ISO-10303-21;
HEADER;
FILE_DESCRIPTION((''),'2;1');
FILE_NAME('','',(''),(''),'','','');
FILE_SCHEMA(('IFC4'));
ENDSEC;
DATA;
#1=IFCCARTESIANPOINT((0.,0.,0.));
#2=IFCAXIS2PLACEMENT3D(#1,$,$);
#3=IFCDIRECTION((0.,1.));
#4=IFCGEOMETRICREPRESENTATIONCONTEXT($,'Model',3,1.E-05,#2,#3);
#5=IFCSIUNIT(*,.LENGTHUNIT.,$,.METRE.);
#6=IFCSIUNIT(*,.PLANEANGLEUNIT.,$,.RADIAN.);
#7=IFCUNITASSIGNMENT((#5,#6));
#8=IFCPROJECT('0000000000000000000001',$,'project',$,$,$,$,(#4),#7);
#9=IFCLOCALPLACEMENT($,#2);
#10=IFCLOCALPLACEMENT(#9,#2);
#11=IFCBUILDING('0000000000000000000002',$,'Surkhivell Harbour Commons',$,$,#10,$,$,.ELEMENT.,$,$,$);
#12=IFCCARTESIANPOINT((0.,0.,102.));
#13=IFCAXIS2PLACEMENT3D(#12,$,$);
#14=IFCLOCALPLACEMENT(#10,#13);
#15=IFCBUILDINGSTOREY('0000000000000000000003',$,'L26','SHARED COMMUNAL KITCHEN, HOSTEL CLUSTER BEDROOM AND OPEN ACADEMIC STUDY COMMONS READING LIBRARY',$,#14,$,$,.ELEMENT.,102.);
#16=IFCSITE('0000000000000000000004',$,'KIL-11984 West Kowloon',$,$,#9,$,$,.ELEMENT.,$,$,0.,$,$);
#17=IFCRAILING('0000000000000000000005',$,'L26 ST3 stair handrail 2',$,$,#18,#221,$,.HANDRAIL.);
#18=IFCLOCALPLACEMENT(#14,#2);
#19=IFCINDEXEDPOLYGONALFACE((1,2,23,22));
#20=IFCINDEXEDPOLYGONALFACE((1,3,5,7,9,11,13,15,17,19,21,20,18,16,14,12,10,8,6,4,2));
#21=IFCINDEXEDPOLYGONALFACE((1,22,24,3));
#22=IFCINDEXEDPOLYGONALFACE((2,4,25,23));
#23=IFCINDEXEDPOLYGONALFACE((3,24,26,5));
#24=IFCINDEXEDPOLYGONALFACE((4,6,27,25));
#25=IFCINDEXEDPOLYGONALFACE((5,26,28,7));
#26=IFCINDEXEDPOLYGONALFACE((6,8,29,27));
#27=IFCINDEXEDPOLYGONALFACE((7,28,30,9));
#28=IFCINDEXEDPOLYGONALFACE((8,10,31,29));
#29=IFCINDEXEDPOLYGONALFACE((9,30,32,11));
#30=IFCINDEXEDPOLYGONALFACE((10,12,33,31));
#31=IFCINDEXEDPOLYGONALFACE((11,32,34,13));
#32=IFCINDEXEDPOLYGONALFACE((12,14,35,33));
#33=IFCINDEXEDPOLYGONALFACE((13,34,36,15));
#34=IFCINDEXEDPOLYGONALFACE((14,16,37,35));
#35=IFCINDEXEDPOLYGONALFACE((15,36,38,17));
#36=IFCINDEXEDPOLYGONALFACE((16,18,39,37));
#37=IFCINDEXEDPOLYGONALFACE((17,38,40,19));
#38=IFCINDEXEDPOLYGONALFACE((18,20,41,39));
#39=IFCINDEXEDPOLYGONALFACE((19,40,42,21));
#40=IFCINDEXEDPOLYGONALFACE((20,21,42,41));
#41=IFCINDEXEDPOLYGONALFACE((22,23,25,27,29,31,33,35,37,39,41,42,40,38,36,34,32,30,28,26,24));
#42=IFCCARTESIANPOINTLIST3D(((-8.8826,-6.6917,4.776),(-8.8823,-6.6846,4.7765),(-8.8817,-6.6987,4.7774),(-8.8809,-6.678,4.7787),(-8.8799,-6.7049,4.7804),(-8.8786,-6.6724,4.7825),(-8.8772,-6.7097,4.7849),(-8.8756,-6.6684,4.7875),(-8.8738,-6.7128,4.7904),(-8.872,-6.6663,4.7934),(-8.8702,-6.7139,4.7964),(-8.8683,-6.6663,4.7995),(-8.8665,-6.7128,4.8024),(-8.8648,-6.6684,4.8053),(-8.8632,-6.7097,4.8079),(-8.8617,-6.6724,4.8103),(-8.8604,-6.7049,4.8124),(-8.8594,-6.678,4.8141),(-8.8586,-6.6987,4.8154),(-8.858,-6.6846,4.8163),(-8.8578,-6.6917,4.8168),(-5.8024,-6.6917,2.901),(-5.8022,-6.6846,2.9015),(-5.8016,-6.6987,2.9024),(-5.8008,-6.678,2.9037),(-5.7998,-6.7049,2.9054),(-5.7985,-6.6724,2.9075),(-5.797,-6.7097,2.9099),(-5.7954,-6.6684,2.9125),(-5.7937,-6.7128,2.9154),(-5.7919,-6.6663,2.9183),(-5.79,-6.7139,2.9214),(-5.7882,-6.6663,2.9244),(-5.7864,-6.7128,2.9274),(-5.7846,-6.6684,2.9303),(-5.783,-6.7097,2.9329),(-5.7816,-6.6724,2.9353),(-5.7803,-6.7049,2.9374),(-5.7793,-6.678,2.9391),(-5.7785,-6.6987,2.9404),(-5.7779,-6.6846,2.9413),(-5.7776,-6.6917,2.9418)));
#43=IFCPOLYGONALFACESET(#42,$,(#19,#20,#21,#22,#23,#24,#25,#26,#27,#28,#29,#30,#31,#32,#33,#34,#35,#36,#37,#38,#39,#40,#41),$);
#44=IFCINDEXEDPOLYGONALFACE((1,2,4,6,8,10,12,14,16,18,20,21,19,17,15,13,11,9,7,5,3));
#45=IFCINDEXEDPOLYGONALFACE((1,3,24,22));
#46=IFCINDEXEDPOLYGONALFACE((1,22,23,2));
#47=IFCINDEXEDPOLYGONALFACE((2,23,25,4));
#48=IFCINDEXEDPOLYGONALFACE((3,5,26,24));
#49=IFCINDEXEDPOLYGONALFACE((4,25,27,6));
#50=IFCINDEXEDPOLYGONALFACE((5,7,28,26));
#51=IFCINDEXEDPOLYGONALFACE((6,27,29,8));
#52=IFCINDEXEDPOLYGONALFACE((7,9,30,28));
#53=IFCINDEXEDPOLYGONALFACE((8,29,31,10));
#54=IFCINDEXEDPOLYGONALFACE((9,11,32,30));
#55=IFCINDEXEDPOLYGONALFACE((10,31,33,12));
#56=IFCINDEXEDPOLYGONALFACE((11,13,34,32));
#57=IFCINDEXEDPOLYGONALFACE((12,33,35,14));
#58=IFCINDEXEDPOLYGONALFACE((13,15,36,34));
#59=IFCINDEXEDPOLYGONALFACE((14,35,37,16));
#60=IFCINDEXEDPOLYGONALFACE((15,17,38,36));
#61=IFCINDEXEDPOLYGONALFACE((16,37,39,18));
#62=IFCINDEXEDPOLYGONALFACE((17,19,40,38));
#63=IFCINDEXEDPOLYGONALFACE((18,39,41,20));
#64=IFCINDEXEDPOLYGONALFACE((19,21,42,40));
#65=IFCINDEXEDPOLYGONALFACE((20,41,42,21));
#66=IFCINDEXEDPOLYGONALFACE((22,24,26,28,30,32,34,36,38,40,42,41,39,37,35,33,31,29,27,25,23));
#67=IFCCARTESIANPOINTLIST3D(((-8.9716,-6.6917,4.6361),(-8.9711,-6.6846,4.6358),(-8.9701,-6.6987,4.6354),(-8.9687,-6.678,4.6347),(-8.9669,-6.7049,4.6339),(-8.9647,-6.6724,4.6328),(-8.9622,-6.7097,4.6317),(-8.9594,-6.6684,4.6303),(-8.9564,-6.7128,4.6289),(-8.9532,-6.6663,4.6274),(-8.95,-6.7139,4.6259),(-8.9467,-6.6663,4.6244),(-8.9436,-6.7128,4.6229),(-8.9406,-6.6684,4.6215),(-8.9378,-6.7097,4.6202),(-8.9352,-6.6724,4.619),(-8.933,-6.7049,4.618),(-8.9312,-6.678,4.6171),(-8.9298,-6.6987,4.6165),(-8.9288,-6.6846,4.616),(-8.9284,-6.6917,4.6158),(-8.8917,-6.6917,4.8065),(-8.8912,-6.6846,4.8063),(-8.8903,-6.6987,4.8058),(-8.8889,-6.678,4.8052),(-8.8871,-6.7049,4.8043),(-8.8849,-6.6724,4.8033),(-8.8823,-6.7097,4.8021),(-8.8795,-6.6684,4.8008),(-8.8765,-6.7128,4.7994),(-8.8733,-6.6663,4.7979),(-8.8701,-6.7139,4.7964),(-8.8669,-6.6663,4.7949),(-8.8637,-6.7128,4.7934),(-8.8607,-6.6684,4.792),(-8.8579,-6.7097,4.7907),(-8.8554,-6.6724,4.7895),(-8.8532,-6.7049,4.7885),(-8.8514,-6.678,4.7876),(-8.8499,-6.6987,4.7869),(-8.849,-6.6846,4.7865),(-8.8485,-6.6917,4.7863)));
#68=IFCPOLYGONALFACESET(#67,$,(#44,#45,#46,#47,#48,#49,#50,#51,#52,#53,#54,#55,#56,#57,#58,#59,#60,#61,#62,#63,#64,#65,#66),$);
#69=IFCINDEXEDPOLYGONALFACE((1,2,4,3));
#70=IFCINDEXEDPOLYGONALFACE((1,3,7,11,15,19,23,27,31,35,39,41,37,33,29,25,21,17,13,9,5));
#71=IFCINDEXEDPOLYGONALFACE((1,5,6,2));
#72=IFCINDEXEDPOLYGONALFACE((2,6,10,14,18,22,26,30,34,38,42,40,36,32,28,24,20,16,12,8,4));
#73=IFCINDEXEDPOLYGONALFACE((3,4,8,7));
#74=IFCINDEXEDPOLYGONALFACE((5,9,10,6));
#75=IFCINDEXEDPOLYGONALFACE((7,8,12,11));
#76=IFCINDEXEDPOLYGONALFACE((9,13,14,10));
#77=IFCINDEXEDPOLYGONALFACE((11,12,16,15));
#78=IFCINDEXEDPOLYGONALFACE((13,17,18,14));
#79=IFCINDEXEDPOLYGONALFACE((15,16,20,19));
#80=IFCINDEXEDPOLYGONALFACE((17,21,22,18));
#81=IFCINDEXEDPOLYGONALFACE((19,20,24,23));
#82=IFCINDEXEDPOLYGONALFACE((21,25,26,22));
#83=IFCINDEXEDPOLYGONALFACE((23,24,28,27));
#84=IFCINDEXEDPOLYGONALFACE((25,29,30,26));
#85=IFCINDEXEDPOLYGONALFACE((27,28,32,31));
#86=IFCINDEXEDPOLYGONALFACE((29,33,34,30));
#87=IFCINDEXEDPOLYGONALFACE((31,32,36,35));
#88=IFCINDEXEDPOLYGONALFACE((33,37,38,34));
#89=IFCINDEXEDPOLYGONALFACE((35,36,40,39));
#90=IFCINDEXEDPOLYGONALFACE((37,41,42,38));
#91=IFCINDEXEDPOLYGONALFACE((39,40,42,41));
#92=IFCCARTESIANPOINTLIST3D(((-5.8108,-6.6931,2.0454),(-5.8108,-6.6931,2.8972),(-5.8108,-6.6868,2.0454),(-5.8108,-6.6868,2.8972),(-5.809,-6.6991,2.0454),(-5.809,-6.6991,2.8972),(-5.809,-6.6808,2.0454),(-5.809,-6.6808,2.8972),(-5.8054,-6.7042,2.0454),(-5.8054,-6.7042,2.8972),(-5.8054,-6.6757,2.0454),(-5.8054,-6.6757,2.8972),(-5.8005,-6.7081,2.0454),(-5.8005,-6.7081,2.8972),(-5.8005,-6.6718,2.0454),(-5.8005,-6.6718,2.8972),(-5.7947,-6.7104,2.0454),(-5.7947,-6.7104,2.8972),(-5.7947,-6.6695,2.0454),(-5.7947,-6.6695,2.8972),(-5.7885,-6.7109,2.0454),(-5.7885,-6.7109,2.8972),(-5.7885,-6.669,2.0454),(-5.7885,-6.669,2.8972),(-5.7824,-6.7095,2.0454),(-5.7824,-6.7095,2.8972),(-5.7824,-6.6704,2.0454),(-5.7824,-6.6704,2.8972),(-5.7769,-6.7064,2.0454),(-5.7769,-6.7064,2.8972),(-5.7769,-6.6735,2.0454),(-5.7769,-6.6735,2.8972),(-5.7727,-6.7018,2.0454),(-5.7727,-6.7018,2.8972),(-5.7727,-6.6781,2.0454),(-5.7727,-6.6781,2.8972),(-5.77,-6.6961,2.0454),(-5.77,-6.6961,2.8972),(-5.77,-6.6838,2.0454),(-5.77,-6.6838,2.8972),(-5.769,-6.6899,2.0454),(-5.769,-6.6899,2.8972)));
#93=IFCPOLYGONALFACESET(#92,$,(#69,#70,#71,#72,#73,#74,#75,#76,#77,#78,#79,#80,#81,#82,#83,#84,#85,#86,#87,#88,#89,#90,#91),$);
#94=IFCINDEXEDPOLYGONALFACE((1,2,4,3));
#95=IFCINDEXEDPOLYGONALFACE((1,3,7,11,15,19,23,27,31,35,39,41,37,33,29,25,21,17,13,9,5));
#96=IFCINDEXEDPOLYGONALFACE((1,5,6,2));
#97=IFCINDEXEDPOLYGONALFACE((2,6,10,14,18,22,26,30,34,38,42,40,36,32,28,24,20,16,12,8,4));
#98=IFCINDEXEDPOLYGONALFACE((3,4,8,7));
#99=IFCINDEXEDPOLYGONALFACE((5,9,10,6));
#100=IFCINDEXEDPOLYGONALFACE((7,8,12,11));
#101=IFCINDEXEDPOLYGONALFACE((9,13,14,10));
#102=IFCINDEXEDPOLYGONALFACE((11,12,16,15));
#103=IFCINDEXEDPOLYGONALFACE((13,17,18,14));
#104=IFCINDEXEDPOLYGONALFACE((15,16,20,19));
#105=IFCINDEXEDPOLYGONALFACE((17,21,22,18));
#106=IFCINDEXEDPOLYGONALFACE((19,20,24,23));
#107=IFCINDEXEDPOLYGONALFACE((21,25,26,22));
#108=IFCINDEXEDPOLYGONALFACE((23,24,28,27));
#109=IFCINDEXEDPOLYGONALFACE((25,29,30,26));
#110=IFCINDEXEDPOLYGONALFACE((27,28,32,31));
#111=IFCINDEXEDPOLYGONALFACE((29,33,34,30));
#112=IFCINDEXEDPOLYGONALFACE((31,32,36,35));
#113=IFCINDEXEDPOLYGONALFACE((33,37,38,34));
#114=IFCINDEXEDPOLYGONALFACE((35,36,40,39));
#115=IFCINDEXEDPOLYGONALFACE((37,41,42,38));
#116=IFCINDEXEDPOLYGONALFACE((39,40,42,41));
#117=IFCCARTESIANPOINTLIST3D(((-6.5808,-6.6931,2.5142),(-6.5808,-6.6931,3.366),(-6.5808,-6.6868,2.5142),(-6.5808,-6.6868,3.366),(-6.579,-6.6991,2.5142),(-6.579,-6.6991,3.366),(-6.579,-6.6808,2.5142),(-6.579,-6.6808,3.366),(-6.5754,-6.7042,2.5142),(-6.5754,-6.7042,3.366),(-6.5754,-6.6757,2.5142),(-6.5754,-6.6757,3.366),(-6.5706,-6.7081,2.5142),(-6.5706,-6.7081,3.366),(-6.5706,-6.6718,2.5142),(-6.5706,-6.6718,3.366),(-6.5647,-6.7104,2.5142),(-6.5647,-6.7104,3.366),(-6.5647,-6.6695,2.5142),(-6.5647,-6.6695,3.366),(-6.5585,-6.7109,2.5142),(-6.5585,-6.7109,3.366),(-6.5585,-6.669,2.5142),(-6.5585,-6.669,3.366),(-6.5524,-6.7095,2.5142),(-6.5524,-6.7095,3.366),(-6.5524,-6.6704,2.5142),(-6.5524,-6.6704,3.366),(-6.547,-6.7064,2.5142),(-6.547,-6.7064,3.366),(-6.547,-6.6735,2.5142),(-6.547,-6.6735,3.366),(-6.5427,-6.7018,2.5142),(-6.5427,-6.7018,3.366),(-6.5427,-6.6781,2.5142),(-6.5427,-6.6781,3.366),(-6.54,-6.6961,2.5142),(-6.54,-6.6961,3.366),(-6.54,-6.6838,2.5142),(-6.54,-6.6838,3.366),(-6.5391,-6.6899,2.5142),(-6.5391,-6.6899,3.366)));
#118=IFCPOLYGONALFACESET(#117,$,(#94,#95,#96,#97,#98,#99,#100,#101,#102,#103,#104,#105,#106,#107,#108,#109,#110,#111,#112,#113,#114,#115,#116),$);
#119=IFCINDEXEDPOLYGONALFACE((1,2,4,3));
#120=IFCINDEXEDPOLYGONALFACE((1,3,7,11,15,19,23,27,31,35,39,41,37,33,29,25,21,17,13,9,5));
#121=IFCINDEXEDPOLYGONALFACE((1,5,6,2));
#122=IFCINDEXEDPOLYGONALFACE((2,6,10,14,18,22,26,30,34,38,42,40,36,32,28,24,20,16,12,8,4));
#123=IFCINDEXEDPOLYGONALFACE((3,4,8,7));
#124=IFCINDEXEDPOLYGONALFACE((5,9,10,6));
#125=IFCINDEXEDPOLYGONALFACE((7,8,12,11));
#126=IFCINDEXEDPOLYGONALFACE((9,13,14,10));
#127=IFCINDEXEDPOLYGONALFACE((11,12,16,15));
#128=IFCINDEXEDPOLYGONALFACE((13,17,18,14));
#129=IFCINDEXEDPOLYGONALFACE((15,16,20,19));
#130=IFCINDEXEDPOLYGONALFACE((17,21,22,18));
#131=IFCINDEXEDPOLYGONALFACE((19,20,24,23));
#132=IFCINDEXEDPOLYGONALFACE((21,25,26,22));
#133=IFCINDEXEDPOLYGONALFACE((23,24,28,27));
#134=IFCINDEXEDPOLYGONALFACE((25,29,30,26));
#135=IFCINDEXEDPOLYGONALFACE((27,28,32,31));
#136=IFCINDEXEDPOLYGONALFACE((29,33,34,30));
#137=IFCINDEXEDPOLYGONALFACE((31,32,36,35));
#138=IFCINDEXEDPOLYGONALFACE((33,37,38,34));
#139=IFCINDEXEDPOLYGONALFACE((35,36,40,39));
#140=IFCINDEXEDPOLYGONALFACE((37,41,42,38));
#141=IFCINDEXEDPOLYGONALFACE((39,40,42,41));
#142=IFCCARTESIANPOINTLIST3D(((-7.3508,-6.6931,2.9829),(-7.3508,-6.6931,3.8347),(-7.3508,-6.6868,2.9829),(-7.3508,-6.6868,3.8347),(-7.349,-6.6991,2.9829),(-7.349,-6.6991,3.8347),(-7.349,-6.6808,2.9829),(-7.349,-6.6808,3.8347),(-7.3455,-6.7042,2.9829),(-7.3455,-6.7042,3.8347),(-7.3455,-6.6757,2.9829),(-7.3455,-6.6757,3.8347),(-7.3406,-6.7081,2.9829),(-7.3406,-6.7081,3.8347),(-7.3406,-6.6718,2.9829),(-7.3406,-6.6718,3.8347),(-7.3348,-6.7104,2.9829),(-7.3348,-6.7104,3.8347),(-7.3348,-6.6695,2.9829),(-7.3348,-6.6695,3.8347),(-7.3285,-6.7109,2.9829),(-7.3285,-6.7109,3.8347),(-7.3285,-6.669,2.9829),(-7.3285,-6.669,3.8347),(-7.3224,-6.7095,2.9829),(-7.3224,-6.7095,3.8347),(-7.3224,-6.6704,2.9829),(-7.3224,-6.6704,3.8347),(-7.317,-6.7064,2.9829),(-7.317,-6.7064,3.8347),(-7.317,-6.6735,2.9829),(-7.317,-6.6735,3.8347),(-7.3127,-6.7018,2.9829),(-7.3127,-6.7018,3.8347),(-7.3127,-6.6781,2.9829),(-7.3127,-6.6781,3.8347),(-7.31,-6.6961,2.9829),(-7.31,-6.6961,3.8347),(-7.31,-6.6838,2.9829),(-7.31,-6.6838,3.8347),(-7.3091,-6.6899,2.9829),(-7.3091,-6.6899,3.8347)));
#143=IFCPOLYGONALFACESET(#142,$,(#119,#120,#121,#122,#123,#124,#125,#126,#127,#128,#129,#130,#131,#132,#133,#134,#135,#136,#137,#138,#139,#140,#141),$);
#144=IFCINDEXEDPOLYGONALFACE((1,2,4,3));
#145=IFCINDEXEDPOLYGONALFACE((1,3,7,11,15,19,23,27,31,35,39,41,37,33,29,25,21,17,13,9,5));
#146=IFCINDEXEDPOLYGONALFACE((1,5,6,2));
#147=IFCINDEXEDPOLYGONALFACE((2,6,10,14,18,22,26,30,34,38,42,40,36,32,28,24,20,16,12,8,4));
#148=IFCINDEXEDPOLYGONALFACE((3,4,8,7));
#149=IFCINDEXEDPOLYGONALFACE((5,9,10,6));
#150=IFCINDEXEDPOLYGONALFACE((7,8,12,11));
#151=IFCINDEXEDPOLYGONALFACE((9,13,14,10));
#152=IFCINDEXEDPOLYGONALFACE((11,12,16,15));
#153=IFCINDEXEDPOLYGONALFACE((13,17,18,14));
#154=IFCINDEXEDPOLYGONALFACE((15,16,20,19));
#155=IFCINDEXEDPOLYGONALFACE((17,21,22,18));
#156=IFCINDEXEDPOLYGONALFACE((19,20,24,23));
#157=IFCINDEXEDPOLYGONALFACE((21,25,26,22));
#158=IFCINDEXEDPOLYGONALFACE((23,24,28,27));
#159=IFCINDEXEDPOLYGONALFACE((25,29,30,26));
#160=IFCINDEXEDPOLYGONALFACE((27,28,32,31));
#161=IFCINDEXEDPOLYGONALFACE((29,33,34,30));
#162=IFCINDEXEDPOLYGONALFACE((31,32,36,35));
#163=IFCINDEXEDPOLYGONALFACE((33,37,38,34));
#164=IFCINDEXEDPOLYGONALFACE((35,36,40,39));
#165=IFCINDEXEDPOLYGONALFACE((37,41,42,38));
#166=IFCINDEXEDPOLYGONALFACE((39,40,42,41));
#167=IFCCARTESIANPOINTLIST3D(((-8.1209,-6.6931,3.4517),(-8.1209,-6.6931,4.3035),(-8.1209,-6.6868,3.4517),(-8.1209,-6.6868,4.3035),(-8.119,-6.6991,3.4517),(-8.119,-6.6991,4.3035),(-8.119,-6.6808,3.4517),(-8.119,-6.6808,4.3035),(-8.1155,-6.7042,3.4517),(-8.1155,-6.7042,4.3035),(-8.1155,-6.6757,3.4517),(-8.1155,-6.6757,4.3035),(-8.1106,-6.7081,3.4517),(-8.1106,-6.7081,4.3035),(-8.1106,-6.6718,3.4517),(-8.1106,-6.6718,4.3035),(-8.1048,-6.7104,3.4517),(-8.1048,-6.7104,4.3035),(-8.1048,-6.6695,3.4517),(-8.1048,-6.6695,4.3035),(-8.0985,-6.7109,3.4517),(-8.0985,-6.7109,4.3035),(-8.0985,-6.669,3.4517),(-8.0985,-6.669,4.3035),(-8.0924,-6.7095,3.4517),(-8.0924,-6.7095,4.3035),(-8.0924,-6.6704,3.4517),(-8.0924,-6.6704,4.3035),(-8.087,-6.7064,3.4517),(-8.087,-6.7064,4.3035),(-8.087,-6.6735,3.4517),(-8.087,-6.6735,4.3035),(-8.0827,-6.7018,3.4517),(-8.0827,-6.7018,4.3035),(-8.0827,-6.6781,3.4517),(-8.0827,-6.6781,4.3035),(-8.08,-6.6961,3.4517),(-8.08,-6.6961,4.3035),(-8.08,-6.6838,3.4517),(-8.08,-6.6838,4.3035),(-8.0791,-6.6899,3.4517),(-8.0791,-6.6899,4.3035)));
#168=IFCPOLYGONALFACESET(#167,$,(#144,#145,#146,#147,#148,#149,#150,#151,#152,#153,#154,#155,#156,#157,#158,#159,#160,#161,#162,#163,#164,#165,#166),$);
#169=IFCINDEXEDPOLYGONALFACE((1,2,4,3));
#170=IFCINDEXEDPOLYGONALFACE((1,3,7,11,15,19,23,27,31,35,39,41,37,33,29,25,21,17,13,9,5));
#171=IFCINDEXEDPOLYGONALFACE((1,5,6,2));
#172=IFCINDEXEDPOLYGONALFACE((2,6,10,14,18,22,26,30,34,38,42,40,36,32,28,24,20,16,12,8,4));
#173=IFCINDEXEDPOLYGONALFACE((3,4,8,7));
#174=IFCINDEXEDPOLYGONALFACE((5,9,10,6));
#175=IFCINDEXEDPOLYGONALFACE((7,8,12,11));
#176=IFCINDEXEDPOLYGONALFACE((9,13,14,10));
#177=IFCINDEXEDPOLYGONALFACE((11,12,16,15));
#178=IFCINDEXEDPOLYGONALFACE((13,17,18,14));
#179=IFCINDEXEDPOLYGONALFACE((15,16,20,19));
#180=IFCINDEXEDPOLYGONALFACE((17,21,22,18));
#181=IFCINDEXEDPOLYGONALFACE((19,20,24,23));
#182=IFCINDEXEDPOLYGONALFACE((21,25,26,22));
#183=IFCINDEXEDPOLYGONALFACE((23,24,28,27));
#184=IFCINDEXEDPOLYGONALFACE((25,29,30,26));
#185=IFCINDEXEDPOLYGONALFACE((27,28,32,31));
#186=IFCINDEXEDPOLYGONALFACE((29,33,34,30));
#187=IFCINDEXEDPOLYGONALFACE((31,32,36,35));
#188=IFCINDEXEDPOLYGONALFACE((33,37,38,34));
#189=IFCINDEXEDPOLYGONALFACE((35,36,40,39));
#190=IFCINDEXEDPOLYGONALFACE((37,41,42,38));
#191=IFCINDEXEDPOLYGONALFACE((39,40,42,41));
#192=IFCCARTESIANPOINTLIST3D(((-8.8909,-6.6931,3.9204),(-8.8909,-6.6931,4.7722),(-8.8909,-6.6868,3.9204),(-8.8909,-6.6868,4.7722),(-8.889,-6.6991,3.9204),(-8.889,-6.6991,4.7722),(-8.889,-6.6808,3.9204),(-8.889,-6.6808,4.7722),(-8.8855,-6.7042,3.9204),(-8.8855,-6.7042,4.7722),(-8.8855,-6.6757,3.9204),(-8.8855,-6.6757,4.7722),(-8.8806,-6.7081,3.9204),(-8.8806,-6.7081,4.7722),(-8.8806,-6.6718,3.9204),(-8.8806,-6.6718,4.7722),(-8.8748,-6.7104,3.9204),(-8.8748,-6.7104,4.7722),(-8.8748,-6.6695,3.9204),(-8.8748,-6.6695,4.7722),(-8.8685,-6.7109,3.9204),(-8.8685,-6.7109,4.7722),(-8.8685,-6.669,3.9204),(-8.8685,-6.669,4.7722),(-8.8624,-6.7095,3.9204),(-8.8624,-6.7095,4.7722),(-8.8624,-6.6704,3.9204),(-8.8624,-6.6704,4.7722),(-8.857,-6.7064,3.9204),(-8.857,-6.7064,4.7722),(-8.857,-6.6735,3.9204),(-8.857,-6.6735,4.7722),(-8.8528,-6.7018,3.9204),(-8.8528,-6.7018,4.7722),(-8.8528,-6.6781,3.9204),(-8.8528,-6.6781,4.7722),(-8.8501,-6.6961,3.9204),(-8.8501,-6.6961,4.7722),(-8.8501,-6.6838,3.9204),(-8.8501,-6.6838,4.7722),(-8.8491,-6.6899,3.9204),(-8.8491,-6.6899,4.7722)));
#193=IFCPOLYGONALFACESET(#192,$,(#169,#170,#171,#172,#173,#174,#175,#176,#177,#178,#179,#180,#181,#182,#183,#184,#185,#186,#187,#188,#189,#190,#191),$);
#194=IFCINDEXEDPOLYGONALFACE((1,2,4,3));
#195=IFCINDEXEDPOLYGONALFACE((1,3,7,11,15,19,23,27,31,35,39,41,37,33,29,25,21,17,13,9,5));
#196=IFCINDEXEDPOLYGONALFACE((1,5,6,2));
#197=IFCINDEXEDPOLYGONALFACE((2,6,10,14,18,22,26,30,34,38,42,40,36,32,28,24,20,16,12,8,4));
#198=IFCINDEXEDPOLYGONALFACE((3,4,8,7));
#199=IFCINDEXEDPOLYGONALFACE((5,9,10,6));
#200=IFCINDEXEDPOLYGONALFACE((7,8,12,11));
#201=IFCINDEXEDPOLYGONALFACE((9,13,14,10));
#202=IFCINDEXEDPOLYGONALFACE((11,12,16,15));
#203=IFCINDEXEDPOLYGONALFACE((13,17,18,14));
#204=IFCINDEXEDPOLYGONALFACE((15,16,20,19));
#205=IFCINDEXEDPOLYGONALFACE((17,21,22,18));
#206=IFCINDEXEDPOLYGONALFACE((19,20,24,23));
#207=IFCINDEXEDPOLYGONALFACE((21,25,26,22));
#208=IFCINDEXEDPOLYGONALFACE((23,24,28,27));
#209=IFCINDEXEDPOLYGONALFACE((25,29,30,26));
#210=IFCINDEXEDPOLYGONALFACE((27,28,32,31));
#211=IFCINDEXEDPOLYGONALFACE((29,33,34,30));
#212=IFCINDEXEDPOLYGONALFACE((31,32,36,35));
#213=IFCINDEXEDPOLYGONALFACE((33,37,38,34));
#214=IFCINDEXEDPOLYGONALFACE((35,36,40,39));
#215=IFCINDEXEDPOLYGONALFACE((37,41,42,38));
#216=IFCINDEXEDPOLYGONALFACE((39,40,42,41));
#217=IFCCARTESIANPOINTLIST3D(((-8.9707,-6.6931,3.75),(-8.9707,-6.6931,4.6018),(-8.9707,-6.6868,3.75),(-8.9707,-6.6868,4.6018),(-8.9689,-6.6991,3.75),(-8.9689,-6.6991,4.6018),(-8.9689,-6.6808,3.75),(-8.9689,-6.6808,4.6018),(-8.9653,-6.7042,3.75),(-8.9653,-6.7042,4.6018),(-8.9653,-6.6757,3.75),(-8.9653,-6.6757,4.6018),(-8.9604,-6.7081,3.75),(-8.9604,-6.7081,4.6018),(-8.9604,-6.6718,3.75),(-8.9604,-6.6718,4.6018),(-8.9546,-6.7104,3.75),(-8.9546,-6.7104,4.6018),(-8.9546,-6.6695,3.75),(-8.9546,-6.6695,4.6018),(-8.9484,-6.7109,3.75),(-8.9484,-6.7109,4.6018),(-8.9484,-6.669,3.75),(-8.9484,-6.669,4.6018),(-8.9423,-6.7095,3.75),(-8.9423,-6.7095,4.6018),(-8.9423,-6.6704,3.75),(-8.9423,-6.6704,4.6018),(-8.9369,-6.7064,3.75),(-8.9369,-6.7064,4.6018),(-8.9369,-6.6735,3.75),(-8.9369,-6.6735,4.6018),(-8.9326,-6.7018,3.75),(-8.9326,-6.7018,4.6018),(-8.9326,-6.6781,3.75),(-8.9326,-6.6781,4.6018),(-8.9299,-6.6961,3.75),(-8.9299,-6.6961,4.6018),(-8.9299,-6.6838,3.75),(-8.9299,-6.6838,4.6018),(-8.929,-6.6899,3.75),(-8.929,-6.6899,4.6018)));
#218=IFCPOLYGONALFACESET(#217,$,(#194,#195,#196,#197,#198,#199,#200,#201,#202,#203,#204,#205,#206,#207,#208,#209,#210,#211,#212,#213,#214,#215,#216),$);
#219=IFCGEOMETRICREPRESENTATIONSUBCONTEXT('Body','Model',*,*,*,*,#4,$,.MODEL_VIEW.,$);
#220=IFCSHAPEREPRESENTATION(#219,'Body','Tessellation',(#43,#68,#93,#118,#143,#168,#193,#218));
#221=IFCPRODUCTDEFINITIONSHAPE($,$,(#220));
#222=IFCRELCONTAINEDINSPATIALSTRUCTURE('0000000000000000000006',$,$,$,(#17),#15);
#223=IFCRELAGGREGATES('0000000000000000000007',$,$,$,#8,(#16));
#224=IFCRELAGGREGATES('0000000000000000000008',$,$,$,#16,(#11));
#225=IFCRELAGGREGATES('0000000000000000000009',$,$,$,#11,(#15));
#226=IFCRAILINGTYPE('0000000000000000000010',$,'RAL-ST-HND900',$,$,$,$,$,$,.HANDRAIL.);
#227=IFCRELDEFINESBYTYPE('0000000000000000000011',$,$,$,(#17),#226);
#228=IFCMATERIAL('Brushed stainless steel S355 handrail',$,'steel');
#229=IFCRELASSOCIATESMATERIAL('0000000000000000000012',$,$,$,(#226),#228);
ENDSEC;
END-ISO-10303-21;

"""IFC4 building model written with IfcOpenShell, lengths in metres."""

from ifc_helpers import new_model, si_unit, direction, frame, origin, origin_2d, place, context, subcontext, project, spatial, circle, extrude, material, type_object, element, save


model = new_model("IFC4")

# Units and contexts
model_context = context("Model", 3, precision=1e-05, world=origin(), true_north=direction((0.0, 1.0)))
body_context = subcontext(model_context, "Body", "Model", "MODEL_VIEW")
ifc_project = project(units=[si_unit("LENGTHUNIT", "METRE"), si_unit("PLANEANGLEUNIT", "RADIAN")], contexts=[model_context])

# Site, building, storey
site_placement = place(None, origin())
site = spatial("IfcSite", under=ifc_project, at=site_placement, Name="KIL-11984 West Kowloon", CompositionType="ELEMENT", RefElevation=0.0)
building_placement = place(site_placement, origin())
building = spatial("IfcBuilding", under=site, at=building_placement, Name="Surkhivell Harbour Commons", CompositionType="ELEMENT")
storey_placement = place(building_placement, frame((0.0, 0.0, 102.0)))
storey = spatial("IfcBuildingStorey", under=building, at=storey_placement, Name="L26", Description="SHARED COMMUNAL KITCHEN, HOSTEL CLUSTER BEDROOM AND OPEN ACADEMIC STUDY COMMONS READING LIBRARY", CompositionType="ELEMENT", Elevation=102.0)

# Railing
ifc_material_1 = material(Name="Brushed stainless steel S355 handrail", Category="steel")
railing_type_1 = type_object("IfcRailingType", Name="RAL-ST-HND900", PredefinedType="HANDRAIL", material=ifc_material_1)
railing_1_placement = place(storey_placement, frame((-5.79, -6.6899, 2.0454)))
element("IfcRailing", 1, at=railing_1_placement, inside=storey, type_object=railing_type_1, Name="L26 ST3 stair handrail 2", PredefinedType="HANDRAIL", context=body_context, shape_type="SweptSolid", body=[
    extrude(circle(Radius=0.0239, at=origin_2d()), frame((0.0, 0.0, 0.876), z_axis=(-0.854178, 0.0, 0.519981), x_axis=(0.0, -1.0, 0.0)), (0.0, 0.0, 1.0), 3.606),
    extrude(circle(Radius=0.0239, at=origin_2d()), frame((-3.0801, 0.0, 2.751), z_axis=(-0.424234, 0.0, -0.905552), x_axis=(0.0, -1.0, 0.0)), (0.0, 0.0, 1.0), 0.1882),
    extrude(circle(Radius=0.021, at=origin_2d()), origin(), (0.0, 0.0, 1.0), 0.8518),
    extrude(circle(Radius=0.021, at=origin_2d()), frame((-0.77, 0.0, 0.4688)), (0.0, 0.0, 1.0), 0.8518),
    extrude(circle(Radius=0.021, at=origin_2d()), frame((-1.54, 0.0, 0.9375)), (0.0, 0.0, 1.0), 0.8518),
    extrude(circle(Radius=0.021, at=origin_2d()), frame((-2.3101, 0.0, 1.4062)), (0.0, 0.0, 1.0), 0.8518),
    extrude(circle(Radius=0.021, at=origin_2d()), frame((-3.0801, 0.0, 1.875)), (0.0, 0.0, 1.0), 0.8518),
    extrude(circle(Radius=0.021, at=origin_2d()), frame((-3.1599, 0.0, 1.7046)), (0.0, 0.0, 1.0), 0.8518),
])

save(model, "model.ifc")
